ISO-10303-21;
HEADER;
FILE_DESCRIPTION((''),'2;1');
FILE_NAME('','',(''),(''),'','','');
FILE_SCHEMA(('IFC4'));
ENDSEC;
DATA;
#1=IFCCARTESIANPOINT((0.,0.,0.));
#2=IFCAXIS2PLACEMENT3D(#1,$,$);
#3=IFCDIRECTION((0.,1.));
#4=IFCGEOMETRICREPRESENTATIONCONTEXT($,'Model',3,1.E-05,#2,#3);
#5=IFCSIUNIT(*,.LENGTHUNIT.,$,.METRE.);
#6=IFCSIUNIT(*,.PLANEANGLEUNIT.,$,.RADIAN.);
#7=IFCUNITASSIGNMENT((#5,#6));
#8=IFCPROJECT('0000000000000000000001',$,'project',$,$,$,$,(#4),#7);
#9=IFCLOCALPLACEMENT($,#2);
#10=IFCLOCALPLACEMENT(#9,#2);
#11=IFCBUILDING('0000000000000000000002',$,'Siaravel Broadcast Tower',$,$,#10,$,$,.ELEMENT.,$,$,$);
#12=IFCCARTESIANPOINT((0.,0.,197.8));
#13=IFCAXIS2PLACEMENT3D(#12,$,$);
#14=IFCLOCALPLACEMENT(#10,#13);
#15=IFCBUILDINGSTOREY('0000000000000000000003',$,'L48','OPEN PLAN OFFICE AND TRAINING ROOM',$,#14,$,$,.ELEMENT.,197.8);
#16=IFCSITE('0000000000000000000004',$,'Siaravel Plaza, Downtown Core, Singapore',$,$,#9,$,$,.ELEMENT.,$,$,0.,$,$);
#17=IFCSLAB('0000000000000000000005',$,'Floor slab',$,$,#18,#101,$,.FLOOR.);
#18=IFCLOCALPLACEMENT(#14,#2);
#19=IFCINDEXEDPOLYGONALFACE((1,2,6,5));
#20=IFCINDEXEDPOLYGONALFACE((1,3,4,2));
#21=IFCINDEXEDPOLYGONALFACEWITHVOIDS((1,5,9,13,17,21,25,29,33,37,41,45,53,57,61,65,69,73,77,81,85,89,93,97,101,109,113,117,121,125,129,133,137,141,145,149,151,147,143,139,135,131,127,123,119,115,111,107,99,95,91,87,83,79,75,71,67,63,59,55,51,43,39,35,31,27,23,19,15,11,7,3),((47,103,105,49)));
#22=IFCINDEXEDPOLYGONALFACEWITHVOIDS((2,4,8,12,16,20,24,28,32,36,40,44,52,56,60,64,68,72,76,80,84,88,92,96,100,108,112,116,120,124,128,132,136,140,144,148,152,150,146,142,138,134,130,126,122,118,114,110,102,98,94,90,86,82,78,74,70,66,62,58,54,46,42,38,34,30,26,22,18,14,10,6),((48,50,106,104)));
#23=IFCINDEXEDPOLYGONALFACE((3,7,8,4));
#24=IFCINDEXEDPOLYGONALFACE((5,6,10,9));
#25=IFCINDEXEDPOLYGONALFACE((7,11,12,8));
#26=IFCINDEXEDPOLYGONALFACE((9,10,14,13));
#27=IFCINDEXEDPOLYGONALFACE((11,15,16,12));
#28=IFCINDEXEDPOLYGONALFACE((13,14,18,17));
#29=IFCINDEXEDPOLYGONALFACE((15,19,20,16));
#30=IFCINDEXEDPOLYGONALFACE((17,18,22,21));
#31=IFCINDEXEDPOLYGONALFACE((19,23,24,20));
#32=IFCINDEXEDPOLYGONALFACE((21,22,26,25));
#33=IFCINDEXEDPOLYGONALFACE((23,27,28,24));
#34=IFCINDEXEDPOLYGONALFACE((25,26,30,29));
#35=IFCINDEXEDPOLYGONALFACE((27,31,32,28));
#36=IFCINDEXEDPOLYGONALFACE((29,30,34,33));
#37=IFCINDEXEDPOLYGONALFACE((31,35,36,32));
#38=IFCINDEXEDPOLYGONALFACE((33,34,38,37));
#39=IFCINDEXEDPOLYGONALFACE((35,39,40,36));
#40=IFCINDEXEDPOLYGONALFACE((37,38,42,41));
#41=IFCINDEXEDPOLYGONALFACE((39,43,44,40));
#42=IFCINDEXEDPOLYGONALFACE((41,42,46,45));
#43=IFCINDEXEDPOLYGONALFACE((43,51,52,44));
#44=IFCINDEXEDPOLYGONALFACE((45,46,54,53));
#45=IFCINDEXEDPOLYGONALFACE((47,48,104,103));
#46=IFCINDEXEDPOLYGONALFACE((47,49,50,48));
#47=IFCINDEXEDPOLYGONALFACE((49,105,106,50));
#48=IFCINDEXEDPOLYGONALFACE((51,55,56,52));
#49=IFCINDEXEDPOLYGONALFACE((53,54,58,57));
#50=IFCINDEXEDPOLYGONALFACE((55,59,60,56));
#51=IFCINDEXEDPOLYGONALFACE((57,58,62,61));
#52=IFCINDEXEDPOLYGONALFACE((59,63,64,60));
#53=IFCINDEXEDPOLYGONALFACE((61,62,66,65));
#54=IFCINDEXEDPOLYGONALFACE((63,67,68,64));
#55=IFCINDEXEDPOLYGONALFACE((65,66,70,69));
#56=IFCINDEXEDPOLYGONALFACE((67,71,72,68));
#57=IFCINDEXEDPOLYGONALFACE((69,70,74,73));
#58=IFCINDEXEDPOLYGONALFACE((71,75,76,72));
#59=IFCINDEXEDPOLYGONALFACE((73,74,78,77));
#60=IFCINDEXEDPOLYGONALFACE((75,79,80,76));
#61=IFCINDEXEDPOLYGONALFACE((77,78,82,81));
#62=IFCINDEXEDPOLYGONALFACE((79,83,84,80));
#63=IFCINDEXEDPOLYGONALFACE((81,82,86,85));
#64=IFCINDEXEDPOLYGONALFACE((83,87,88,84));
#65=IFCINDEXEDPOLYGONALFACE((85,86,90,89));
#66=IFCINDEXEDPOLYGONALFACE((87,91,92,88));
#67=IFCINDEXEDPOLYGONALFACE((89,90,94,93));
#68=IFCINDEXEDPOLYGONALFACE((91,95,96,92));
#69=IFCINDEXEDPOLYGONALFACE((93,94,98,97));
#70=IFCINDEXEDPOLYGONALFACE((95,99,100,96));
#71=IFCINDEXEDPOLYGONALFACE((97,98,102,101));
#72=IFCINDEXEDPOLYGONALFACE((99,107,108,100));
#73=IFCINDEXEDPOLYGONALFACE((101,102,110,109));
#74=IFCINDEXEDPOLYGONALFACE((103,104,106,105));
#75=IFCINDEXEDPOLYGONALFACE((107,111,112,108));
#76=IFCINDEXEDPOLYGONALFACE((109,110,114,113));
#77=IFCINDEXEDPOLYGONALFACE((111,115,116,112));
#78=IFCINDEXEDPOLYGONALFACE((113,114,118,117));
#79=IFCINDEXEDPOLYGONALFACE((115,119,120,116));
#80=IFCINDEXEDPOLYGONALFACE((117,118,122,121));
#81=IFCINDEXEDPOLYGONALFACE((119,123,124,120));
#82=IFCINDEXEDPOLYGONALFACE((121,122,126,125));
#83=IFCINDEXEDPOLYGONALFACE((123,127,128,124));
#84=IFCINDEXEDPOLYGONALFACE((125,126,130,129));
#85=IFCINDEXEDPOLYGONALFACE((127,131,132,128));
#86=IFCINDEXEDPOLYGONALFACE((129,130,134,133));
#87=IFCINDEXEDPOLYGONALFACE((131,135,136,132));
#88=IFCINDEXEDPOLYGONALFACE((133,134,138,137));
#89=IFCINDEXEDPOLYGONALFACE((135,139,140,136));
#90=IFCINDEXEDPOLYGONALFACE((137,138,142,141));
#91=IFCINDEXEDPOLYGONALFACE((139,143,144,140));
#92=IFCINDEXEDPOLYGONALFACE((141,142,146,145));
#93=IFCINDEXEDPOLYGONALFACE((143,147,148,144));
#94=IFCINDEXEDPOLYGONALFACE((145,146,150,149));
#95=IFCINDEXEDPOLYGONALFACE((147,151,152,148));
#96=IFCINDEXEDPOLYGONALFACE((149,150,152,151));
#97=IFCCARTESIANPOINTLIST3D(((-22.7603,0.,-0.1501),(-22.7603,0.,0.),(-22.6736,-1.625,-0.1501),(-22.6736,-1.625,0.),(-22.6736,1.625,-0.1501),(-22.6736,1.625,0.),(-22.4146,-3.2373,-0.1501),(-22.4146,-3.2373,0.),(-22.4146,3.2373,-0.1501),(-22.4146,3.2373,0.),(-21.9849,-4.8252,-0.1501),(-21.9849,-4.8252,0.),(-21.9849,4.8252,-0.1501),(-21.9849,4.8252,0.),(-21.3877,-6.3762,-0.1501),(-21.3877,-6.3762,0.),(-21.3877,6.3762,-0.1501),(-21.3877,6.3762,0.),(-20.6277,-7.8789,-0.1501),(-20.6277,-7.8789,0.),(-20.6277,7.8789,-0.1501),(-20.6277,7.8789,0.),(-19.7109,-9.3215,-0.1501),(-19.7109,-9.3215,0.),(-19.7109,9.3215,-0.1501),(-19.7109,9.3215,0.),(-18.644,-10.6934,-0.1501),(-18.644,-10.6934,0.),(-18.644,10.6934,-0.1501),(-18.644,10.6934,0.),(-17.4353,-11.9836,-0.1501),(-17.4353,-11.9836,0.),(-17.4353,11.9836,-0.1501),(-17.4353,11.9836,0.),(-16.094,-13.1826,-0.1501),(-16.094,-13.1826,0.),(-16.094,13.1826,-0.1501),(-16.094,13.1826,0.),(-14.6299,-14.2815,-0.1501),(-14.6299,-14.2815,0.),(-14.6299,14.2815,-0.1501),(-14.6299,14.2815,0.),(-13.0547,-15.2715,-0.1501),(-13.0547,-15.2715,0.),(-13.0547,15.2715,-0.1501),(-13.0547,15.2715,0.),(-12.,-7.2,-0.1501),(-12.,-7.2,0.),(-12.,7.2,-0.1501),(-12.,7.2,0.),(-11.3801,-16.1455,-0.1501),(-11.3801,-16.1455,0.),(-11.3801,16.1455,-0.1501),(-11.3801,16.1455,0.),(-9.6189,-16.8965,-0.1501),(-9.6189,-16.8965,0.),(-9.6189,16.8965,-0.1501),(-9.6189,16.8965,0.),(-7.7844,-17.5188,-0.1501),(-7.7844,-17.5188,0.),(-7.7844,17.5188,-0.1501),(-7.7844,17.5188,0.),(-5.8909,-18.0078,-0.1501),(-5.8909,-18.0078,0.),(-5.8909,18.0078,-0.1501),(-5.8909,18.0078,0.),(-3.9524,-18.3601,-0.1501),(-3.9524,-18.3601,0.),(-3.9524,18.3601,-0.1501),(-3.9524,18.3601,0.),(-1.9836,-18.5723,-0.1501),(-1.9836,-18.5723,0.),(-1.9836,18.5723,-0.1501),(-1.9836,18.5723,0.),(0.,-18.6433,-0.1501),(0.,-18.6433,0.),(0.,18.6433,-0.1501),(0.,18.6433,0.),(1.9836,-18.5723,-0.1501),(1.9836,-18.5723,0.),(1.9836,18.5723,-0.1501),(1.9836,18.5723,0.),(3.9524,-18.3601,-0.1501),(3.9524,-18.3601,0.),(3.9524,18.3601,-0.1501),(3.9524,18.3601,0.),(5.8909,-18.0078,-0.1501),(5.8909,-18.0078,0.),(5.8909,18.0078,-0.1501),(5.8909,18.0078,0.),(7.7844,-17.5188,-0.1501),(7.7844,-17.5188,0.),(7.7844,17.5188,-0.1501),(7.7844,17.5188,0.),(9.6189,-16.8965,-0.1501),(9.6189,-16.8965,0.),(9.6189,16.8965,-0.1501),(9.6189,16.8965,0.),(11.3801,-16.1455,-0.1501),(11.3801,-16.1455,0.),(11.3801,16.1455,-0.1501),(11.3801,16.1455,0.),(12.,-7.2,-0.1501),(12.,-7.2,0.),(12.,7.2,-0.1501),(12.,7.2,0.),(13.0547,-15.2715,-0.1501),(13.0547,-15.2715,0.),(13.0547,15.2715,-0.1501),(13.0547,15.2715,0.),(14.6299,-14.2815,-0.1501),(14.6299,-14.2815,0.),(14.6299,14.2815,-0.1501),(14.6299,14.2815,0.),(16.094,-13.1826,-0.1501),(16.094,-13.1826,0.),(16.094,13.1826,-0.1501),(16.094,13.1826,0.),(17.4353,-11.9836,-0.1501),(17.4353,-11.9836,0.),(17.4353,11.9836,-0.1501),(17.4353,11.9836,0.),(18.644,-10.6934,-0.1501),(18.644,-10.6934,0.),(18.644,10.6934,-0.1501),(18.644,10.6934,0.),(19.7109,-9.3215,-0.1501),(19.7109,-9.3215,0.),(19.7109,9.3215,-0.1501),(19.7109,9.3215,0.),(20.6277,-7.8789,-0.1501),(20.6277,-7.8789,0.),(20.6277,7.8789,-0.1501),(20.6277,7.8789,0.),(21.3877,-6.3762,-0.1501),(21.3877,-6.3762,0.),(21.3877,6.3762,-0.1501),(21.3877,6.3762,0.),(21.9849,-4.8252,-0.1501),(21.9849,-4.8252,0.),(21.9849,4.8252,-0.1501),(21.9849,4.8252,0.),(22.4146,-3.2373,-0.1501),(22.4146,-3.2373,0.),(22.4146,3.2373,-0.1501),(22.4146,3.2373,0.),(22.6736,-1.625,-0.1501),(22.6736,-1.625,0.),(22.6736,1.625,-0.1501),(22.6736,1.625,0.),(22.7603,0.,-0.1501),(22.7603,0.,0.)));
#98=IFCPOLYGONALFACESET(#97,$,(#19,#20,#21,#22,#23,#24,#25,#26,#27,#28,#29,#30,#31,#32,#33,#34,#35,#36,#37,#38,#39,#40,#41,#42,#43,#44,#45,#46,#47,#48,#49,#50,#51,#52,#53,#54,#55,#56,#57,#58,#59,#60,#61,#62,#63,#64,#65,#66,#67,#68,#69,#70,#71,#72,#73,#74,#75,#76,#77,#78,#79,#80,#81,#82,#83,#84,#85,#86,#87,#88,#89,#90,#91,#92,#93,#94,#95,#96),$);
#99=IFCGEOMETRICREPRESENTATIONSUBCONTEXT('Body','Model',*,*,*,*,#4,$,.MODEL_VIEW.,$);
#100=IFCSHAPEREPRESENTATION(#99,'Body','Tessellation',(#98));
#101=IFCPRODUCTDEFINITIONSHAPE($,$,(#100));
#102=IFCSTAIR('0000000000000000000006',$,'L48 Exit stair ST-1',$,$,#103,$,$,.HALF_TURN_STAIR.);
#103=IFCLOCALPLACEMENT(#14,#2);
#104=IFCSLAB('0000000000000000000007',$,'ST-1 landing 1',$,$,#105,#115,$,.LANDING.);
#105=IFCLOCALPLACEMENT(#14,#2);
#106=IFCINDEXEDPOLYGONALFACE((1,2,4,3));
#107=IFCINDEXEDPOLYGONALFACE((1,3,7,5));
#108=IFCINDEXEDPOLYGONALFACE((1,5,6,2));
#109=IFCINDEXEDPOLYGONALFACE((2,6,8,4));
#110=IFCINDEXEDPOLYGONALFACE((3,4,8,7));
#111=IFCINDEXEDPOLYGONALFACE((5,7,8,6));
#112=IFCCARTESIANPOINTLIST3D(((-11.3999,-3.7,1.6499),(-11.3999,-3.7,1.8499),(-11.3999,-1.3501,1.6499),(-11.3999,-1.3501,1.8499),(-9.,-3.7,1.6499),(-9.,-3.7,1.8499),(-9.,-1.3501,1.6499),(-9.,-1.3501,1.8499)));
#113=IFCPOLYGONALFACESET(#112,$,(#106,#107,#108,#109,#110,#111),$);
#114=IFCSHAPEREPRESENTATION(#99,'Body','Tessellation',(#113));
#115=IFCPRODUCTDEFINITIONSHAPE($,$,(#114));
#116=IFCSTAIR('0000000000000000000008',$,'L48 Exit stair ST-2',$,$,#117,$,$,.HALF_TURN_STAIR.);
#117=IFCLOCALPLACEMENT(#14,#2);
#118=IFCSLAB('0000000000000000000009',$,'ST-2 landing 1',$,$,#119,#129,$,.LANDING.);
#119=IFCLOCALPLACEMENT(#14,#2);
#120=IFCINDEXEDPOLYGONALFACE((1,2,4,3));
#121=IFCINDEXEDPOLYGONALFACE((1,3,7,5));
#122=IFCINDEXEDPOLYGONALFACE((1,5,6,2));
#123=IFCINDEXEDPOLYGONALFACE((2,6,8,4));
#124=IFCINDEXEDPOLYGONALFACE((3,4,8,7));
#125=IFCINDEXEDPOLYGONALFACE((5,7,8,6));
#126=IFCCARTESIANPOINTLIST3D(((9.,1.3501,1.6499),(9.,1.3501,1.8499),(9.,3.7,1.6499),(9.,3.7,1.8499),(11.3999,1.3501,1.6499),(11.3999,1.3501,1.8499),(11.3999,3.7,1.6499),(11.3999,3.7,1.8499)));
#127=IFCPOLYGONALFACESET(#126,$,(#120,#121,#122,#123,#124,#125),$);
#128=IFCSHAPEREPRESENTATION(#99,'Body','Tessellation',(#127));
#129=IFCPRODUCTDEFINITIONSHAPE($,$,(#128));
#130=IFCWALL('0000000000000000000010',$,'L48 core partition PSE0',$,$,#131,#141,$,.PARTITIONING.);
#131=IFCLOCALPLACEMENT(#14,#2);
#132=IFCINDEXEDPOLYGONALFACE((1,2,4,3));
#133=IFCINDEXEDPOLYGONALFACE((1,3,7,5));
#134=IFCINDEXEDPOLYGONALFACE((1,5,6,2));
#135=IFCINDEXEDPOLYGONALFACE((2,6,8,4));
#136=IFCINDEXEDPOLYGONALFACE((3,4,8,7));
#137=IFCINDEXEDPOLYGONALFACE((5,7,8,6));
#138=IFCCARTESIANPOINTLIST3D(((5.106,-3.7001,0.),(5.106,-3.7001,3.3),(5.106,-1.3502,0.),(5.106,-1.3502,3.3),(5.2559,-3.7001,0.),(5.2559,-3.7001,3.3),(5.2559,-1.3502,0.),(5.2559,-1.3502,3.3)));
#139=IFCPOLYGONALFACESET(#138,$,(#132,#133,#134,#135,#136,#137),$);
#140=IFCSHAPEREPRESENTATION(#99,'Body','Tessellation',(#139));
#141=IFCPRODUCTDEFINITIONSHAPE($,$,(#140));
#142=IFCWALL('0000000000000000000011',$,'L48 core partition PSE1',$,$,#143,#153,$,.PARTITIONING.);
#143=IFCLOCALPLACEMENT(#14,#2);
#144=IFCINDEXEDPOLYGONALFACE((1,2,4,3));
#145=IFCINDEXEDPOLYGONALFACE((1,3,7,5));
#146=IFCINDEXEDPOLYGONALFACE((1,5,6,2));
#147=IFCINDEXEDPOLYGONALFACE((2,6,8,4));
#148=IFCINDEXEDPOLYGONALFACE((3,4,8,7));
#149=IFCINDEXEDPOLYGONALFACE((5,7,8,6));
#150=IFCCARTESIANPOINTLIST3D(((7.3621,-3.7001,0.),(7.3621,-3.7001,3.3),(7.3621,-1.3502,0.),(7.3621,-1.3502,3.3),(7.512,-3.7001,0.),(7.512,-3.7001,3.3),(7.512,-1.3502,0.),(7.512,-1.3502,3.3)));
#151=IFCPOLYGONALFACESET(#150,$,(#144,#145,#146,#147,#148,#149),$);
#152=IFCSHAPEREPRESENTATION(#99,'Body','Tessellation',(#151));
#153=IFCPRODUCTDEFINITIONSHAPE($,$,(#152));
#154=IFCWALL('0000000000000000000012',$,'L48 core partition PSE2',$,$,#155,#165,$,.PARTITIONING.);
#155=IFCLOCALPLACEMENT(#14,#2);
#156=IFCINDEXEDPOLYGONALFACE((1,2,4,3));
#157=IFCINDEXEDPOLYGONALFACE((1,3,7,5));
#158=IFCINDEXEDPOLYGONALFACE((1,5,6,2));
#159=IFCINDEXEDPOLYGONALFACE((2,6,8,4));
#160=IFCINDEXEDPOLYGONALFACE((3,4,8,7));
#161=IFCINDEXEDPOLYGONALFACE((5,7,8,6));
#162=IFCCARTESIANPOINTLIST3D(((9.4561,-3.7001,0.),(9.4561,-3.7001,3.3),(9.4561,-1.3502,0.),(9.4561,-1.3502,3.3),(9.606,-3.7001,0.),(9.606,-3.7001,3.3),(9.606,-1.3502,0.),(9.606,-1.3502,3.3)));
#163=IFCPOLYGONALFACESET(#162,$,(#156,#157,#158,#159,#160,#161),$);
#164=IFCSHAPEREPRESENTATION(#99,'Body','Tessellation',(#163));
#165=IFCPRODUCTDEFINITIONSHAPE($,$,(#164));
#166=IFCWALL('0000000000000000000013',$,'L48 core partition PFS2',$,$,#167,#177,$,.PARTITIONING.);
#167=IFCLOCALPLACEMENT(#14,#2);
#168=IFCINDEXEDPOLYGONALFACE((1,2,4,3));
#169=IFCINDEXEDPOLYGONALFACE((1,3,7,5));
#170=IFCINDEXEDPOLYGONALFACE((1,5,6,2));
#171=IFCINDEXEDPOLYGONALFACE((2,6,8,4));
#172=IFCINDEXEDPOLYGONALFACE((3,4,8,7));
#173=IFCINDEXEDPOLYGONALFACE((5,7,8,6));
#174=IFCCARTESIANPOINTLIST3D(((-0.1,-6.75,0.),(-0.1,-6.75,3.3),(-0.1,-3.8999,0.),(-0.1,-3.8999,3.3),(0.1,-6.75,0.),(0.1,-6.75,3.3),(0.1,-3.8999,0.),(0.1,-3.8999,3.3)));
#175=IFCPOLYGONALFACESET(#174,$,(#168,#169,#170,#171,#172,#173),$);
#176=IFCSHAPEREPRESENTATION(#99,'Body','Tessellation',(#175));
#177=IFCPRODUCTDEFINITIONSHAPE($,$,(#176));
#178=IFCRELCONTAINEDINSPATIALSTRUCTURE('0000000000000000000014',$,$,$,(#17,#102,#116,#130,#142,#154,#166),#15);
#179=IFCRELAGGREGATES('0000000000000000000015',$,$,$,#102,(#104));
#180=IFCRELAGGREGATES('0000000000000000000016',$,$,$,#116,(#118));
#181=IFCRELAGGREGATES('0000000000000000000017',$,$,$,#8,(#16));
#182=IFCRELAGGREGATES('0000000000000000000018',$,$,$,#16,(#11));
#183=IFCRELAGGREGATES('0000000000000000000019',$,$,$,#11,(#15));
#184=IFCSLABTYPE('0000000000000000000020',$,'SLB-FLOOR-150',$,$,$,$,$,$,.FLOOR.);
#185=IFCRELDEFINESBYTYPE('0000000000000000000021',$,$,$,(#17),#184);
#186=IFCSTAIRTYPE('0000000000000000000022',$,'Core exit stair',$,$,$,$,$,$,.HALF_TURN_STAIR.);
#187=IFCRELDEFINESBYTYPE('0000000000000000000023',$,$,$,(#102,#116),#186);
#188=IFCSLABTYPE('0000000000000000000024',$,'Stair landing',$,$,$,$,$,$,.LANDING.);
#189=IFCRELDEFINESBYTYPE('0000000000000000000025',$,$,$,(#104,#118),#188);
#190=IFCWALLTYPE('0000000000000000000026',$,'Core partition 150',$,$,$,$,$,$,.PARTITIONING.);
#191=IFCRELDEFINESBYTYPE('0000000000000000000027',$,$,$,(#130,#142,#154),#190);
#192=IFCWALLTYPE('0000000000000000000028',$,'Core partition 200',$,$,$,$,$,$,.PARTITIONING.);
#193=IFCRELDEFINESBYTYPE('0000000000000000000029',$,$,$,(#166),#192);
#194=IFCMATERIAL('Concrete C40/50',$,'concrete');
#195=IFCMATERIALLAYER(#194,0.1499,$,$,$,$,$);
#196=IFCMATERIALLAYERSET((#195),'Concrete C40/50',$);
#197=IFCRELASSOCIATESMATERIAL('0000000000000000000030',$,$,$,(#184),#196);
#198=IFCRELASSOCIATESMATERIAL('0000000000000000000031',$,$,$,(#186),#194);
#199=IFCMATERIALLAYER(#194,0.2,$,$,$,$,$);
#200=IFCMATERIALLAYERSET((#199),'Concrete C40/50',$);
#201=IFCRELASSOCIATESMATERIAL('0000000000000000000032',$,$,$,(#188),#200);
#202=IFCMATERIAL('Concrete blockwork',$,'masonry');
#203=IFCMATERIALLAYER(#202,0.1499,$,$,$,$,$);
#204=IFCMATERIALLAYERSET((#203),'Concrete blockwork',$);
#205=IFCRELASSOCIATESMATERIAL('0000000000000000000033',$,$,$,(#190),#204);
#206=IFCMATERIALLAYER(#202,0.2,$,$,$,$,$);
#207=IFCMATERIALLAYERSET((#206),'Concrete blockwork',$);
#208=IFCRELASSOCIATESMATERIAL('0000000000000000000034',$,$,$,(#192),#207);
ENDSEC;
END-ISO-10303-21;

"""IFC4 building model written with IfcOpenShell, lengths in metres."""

from ifc_helpers import new_model, si_unit, direction, frame, frame_2d, origin, place, context, subcontext, project, spatial, polyline, rectangle, outline, extrude, material, layer, layer_set, type_object, element, aggregate, save


model = new_model("IFC4")

# Units and contexts
model_context = context("Model", 3, precision=1e-05, world=origin(), true_north=direction((0.0, 1.0)))
body_context = subcontext(model_context, "Body", "Model", "MODEL_VIEW")
ifc_project = project(units=[si_unit("LENGTHUNIT", "METRE"), si_unit("PLANEANGLEUNIT", "RADIAN")], contexts=[model_context])

# Site, building, storey
site_placement = place(None, origin())
site = spatial("IfcSite", under=ifc_project, at=site_placement, Name="Siaravel Plaza, Downtown Core, Singapore", CompositionType="ELEMENT", RefElevation=0.0)
building_placement = place(site_placement, origin())
building = spatial("IfcBuilding", under=site, at=building_placement, Name="Siaravel Broadcast Tower", CompositionType="ELEMENT")
storey_placement = place(building_placement, frame((0.0, 0.0, 197.8)))
storey = spatial("IfcBuildingStorey", under=building, at=storey_placement, Name="L48", Description="OPEN PLAN OFFICE AND TRAINING ROOM", CompositionType="ELEMENT", Elevation=197.8)

# Slab
ifc_material_1 = material(Name="Concrete C40/50", Category="concrete")
ifc_layer_1 = layer(ifc_material_1, 0.1499)
ifc_layer_set_1 = layer_set([ifc_layer_1], Name="Concrete C40/50")
slab_type_1 = type_object("IfcSlabType", Name="SLB-FLOOR-150", PredefinedType="FLOOR", material=ifc_layer_set_1)
slab_1_placement = place(storey_placement, frame((0.0, 0.0, -0.1501)))
element("IfcSlab", 1, at=slab_1_placement, inside=storey, type_object=slab_type_1, Name="Floor slab", PredefinedType="FLOOR", context=body_context, shape_type="SweptSolid", body=[
    extrude(outline(polyline([(22.7603, 0.0), (22.6736, 1.625), (22.4146, 3.2373), (21.9849, 4.8252), (21.3877, 6.3762), (20.6277, 7.8789), (19.7109, 9.3215), (18.644, 10.6934), (17.4353, 11.9836), (16.094, 13.1826), (14.6299, 14.2815), (13.0547, 15.2715), (11.3801, 16.1455), (9.6189, 16.8965), (7.7844, 17.5188), (5.8909, 18.0078), (3.9524, 18.3601), (1.9836, 18.5723), (0.0, 18.6433), (-1.9836, 18.5723), (-3.9524, 18.3601), (-5.8909, 18.0078), (-7.7844, 17.5188), (-9.6189, 16.8965), (-11.3801, 16.1455), (-13.0547, 15.2715), (-14.6299, 14.2815), (-16.094, 13.1826), (-17.4353, 11.9836), (-18.644, 10.6934), (-19.7109, 9.3215), (-20.6277, 7.8789), (-21.3877, 6.3762), (-21.9849, 4.8252), (-22.4146, 3.2373), (-22.6736, 1.625), (-22.7603, 0.0), (-22.6736, -1.625), (-22.4146, -3.2373), (-21.9849, -4.8252), (-21.3877, -6.3762), (-20.6277, -7.8789), (-19.7109, -9.3215), (-18.644, -10.6934), (-17.4353, -11.9836), (-16.094, -13.1826), (-14.6299, -14.2815), (-13.0547, -15.2715), (-11.3801, -16.1455), (-9.6189, -16.8965), (-7.7844, -17.5188), (-5.8909, -18.0078), (-3.9524, -18.3601), (-1.9836, -18.5723), (0.0, -18.6433), (1.9836, -18.5723), (3.9524, -18.3601), (5.8909, -18.0078), (7.7844, -17.5188), (9.6189, -16.8965), (11.3801, -16.1455), (13.0547, -15.2715), (14.6299, -14.2815), (16.094, -13.1826), (17.4353, -11.9836), (18.644, -10.6934), (19.7109, -9.3215), (20.6277, -7.8789), (21.3877, -6.3762), (21.9849, -4.8252), (22.4146, -3.2373), (22.6736, -1.625), (22.7603, 0.0)]), holes=[polyline([(-12.0, 7.2), (12.0, 7.2), (12.0, -7.2), (-12.0, -7.2), (-12.0, 7.2)])]), origin(), (0.0, 0.0, 1.0), 0.1501),
])

# Stairs, slabs
stair_type = type_object("IfcStairType", Name="Core exit stair", PredefinedType="HALF_TURN_STAIR", material=ifc_material_1)
stair_1_placement = place(storey_placement, origin())
stair_1 = element("IfcStair", 2, at=stair_1_placement, inside=storey, type_object=stair_type, Name="L48 Exit stair ST-1", PredefinedType="HALF_TURN_STAIR")
ifc_layer_2 = layer(ifc_material_1, 0.2)
ifc_layer_set_2 = layer_set([ifc_layer_2], Name="Concrete C40/50")
slab_type_2 = type_object("IfcSlabType", Name="Stair landing", PredefinedType="LANDING", material=ifc_layer_set_2)
slab_2_placement = place(storey_placement, frame((0.0, 0.0, 1.6499)))
slab_2 = element("IfcSlab", 3, at=slab_2_placement, type_object=slab_type_2, Name="ST-1 landing 1", PredefinedType="LANDING", context=body_context, shape_type="SweptSolid", body=[
    extrude(outline(polyline([(-9.0, -1.3501), (-11.3999, -1.3501), (-11.3999, -3.7), (-9.0, -3.7), (-9.0, -1.3501)])), origin(), (0.0, 0.0, 1.0), 0.2),
])
aggregate(stair_1, [slab_2])
stair_2_placement = place(storey_placement, origin())
stair_2 = element("IfcStair", 4, at=stair_2_placement, inside=storey, type_object=stair_type, Name="L48 Exit stair ST-2", PredefinedType="HALF_TURN_STAIR")
slab_3_placement = place(storey_placement, frame((0.0, 0.0, 1.6499)))
slab_3 = element("IfcSlab", 5, at=slab_3_placement, type_object=slab_type_2, Name="ST-2 landing 1", PredefinedType="LANDING", context=body_context, shape_type="SweptSolid", body=[
    extrude(outline(polyline([(9.0, 1.3501), (11.3999, 1.3501), (11.3999, 3.7), (9.0, 3.7), (9.0, 1.3501)])), origin(), (0.0, 0.0, 1.0), 0.2),
])
aggregate(stair_2, [slab_3])

# Walls
ifc_material_2 = material(Name="Concrete blockwork", Category="masonry")
ifc_layer_3 = layer(ifc_material_2, 0.1499)
ifc_layer_set_3 = layer_set([ifc_layer_3], Name="Concrete blockwork")
wall_type_1 = type_object("IfcWallType", Name="Core partition 150", PredefinedType="PARTITIONING", material=ifc_layer_set_3)
for number, where, z_axis, x_axis, name in (
    (6, (5.1809, -3.7, 0.0), (0.0, 0.0, 1.0), (0.0, 1.0, 0.0), "L48 core partition PSE0"),
    (7, (7.437, -3.7, 0.0), (0.0, 0.0, 1.0), (0.0, 1.0, 0.0), "L48 core partition PSE1"),
    (8, (9.531, -3.7, 0.0), (0.0, 0.0, 1.0), (0.0, 1.0, 0.0), "L48 core partition PSE2"),
):
    element("IfcWall", number, at=place(storey_placement, frame(where, z_axis=z_axis, x_axis=x_axis)), inside=storey, type_object=wall_type_1, Name=name, PredefinedType="PARTITIONING", context=body_context, shape_type="SweptSolid", body=[
        extrude(rectangle(XDim=2.3499, YDim=0.1499, at=frame_2d((1.1748, 0.0))), origin(), (0.0, 0.0, 1.0), 3.3),
    ])
ifc_layer_4 = layer(ifc_material_2, 0.2)
ifc_layer_set_4 = layer_set([ifc_layer_4], Name="Concrete blockwork")
wall_type_2 = type_object("IfcWallType", Name="Core partition 200", PredefinedType="PARTITIONING", material=ifc_layer_set_4)
wall_1_placement = place(storey_placement, frame((0.0, -6.75, 0.0), z_axis=(0.0, 0.0, 1.0), x_axis=(0.0, 1.0, 0.0)))
element("IfcWall", 9, at=wall_1_placement, inside=storey, type_object=wall_type_2, Name="L48 core partition PFS2", PredefinedType="PARTITIONING", context=body_context, shape_type="SweptSolid", body=[
    extrude(rectangle(XDim=2.8501, YDim=0.2, at=frame_2d((1.425, 0.0))), origin(), (0.0, 0.0, 1.0), 3.3),
])

save(model, "model.ifc")
